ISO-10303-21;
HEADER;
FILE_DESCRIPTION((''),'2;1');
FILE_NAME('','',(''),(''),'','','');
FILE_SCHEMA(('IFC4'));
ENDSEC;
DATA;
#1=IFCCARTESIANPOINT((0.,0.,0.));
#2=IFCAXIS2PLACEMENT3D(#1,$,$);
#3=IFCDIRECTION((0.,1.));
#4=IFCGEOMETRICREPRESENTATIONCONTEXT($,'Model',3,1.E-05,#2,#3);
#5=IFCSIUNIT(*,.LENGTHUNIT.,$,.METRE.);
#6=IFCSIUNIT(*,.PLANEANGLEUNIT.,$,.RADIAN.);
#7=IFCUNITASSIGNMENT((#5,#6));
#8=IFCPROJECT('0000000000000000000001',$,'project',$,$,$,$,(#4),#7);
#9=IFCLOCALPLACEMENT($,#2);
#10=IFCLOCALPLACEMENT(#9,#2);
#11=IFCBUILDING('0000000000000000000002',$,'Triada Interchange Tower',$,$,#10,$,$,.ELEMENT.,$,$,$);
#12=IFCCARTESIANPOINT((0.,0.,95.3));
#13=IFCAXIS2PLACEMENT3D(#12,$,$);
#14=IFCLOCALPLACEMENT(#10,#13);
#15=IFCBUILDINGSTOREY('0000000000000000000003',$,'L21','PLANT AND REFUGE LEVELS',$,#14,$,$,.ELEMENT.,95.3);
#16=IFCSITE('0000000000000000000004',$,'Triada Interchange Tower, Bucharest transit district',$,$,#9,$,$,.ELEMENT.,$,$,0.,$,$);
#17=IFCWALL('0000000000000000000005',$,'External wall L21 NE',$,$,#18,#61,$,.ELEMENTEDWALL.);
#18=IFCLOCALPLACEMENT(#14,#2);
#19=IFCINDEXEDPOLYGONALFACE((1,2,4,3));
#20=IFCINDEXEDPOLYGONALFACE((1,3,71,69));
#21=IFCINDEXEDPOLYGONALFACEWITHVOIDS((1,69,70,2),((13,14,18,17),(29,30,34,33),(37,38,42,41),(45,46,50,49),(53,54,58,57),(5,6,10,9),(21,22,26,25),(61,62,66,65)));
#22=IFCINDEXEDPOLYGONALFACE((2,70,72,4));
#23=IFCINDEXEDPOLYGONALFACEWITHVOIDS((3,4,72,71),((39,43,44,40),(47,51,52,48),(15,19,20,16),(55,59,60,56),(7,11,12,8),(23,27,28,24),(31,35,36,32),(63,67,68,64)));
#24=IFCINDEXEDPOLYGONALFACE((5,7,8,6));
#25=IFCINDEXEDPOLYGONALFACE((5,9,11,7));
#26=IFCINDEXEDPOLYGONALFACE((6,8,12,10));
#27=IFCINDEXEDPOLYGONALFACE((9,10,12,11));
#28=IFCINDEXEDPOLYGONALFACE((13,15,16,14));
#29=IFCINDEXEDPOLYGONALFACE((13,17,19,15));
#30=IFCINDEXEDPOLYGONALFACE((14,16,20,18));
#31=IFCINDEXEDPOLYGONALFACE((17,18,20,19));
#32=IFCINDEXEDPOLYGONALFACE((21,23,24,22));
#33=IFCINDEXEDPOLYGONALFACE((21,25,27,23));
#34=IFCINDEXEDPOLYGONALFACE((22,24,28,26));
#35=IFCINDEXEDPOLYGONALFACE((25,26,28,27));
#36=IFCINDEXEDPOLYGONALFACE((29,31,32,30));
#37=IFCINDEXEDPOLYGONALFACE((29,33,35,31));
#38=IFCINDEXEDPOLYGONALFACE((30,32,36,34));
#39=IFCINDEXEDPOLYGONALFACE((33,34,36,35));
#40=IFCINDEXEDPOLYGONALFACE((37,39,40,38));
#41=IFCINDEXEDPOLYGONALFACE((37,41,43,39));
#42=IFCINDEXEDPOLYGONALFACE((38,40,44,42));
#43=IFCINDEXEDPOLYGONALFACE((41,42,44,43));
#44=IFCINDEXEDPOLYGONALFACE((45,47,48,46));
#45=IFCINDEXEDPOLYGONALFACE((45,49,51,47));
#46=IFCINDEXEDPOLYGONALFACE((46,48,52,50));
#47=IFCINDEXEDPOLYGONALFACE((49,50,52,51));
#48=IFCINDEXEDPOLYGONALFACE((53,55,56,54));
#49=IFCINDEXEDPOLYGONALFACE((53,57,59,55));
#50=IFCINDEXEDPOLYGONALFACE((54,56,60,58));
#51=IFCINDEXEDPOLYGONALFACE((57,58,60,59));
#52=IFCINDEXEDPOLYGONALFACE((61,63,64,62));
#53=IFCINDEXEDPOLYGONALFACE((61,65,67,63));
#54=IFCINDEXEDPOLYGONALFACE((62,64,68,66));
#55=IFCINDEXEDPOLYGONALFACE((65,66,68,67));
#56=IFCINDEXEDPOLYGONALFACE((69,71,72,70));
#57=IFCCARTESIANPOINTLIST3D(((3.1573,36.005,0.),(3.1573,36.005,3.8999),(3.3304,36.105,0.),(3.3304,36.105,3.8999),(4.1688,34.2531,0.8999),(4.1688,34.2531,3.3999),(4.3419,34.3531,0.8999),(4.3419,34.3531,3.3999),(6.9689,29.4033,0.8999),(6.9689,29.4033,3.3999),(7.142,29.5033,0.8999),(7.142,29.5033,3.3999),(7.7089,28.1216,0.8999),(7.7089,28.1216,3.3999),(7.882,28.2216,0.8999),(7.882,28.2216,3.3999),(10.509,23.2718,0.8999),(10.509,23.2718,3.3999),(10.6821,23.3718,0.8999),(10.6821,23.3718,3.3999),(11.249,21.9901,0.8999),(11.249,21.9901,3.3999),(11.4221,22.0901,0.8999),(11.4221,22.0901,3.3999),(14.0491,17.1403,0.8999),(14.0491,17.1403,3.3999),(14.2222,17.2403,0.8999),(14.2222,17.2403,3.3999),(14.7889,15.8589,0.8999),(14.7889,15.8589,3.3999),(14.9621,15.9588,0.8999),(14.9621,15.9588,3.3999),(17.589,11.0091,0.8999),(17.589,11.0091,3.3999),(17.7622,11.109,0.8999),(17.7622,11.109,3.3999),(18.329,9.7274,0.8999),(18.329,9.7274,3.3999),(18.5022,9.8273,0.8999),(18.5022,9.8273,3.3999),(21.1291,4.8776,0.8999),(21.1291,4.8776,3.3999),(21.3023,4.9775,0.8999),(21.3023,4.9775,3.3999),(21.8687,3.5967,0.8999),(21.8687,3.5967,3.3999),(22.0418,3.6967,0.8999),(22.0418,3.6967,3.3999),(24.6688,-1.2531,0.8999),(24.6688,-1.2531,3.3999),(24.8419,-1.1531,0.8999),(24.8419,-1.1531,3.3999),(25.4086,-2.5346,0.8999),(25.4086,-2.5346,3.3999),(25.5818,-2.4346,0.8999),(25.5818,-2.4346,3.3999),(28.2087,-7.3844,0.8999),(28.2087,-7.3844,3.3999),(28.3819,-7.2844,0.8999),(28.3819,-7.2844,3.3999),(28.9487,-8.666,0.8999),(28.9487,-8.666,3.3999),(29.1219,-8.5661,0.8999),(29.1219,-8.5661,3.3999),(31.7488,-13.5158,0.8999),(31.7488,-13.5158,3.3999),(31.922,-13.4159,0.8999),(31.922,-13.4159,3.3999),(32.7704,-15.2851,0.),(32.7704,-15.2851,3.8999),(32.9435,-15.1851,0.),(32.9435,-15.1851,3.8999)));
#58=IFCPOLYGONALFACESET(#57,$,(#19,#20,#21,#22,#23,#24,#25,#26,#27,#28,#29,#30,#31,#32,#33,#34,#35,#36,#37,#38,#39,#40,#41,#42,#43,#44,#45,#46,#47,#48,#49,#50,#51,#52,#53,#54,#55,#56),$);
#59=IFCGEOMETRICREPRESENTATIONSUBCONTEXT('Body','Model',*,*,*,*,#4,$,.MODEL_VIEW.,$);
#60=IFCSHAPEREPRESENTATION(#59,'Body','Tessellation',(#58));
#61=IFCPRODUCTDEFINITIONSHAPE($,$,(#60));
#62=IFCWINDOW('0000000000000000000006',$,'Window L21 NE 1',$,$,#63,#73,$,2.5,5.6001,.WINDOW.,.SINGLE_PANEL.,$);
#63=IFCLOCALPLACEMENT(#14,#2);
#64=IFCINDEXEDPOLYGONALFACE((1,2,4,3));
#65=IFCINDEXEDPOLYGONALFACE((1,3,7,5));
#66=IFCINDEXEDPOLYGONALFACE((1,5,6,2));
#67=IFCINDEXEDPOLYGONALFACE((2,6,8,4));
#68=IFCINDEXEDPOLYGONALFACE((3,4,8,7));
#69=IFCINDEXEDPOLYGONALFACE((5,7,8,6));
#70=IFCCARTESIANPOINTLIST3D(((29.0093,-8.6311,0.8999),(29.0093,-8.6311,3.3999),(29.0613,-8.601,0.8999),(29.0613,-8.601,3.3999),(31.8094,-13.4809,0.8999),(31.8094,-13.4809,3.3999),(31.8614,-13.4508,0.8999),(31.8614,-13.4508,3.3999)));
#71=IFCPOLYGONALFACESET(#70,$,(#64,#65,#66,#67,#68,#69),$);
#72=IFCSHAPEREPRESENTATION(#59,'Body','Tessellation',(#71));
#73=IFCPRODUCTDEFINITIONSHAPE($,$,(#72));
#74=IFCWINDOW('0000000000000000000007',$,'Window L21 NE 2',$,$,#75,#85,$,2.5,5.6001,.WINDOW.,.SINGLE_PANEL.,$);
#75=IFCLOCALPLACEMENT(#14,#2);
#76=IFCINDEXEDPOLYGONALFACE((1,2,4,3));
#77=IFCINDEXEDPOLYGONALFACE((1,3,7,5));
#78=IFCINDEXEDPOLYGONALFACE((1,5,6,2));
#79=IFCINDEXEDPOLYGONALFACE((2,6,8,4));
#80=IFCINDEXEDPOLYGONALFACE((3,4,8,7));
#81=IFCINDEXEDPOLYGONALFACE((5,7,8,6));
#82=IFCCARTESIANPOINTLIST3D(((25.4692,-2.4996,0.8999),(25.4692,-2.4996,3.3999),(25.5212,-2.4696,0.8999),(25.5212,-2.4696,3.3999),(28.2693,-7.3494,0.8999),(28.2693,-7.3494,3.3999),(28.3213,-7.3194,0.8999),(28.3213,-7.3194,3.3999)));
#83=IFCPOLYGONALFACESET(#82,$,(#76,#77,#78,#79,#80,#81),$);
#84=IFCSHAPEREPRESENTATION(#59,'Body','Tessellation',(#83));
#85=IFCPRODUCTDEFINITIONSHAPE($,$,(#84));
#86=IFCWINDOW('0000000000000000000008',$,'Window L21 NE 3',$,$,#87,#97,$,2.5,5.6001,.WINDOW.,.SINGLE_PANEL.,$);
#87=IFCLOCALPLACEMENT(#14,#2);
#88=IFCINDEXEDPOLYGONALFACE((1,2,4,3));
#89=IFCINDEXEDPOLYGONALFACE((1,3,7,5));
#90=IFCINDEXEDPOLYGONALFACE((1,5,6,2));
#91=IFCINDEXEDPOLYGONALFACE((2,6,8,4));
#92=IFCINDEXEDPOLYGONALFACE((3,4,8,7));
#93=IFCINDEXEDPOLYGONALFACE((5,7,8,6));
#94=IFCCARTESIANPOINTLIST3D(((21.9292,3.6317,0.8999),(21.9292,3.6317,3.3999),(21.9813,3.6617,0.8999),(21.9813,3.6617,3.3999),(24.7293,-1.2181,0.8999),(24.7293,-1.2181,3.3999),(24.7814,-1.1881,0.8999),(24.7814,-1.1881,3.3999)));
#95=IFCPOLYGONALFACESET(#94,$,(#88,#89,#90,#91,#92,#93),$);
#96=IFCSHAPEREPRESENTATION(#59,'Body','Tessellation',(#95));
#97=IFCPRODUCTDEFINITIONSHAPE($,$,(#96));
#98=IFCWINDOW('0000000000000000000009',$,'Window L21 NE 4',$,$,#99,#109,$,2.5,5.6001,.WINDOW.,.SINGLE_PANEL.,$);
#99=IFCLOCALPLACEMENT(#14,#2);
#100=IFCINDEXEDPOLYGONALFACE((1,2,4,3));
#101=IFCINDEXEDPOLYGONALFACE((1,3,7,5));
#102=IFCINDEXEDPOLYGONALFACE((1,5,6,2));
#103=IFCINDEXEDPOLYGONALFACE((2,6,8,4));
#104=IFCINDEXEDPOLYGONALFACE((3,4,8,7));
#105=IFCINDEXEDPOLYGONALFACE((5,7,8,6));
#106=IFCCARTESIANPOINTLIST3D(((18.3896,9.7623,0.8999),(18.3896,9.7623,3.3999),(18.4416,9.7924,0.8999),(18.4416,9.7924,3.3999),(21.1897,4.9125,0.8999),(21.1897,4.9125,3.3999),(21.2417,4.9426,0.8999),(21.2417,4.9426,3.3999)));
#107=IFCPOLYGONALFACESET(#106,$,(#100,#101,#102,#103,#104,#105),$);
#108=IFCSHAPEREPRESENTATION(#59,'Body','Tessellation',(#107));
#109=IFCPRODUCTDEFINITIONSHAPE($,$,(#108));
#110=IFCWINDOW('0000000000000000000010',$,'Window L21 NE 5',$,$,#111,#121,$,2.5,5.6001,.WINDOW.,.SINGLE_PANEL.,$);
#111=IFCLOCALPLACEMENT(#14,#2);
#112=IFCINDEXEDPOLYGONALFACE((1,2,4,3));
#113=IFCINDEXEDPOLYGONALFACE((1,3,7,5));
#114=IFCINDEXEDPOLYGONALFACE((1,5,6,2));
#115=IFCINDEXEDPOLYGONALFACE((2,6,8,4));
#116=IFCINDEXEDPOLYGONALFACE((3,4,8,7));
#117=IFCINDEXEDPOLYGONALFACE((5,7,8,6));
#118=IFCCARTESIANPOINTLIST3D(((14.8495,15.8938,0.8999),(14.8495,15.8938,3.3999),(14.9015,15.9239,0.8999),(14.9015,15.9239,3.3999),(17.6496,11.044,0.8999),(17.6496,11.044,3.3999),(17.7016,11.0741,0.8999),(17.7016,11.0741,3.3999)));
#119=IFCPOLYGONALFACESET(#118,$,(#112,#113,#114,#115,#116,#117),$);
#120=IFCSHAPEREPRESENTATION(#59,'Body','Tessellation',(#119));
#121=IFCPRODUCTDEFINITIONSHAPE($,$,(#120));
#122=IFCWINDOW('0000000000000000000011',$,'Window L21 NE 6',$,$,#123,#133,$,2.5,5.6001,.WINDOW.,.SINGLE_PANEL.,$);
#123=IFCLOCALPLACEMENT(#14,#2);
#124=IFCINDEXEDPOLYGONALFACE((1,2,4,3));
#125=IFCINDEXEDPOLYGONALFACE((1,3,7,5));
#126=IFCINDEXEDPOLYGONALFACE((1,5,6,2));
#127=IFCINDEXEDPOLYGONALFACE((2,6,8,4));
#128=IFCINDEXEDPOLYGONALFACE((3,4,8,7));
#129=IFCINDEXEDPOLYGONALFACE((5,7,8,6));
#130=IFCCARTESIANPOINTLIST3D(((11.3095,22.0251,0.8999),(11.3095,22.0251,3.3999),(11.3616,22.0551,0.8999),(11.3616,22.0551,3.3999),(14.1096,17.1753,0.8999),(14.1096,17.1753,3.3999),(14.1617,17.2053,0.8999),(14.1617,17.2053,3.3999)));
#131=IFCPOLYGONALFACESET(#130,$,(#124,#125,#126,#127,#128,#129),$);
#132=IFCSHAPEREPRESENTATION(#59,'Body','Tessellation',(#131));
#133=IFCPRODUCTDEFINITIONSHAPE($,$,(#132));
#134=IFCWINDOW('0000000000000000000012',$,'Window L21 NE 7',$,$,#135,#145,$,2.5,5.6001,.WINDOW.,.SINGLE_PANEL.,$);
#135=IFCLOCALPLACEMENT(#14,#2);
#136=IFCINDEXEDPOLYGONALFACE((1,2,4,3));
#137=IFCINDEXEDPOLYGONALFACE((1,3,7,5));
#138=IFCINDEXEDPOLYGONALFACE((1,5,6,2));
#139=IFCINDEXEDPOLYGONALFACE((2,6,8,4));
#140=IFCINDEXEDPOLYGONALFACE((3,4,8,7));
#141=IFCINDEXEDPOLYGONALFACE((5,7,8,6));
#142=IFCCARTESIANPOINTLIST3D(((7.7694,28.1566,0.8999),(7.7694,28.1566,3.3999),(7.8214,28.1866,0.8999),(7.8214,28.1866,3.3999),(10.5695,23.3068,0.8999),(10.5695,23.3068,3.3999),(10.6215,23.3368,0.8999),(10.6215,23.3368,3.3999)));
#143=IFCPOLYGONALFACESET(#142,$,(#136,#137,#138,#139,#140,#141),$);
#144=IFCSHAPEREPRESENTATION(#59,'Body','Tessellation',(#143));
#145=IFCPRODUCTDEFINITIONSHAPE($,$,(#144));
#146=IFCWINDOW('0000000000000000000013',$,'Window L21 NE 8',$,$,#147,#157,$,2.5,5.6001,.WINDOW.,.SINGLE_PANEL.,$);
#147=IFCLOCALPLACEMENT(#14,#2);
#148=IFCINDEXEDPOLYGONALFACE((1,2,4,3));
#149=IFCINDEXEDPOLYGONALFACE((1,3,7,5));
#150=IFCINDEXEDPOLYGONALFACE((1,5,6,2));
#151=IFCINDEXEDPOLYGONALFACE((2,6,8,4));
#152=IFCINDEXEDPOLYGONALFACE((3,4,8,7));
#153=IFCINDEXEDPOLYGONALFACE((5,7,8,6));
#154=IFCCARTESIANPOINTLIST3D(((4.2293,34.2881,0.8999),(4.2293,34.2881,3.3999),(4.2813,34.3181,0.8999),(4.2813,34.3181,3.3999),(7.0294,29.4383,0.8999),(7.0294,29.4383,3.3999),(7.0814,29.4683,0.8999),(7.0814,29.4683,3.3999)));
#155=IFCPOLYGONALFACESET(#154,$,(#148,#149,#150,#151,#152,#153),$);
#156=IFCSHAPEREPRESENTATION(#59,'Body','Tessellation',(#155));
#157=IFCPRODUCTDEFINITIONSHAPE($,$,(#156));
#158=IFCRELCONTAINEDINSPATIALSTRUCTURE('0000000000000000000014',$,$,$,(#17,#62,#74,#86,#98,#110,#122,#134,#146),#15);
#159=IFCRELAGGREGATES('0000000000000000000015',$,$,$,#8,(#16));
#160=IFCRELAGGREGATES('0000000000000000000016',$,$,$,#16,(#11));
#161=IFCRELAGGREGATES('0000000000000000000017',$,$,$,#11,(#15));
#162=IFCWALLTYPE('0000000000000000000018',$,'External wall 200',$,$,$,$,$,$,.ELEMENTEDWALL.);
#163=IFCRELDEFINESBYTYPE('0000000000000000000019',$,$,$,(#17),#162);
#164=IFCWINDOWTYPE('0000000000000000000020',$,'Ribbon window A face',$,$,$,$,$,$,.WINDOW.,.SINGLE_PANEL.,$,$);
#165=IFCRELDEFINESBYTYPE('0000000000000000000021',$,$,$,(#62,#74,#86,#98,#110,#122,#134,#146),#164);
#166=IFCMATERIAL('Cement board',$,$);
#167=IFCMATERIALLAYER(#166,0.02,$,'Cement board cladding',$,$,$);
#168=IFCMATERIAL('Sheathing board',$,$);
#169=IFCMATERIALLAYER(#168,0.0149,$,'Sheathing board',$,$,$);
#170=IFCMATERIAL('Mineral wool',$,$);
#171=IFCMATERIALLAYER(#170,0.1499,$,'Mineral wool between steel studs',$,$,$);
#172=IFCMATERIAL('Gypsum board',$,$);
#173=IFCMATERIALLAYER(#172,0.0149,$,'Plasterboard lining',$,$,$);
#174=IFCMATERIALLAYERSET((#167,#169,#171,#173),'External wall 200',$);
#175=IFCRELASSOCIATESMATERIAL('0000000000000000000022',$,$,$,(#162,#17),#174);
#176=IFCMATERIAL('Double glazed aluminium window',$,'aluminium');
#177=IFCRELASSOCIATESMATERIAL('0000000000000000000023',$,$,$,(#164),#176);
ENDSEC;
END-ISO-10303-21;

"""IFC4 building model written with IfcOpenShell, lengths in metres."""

from ifc_helpers import new_model, si_unit, direction, frame, frame_2d, origin, place, context, subcontext, project, spatial, rectangle, extrude, material, layer, layer_set, layer_usage, type_object, element, fill, save


model = new_model("IFC4")

# Units and contexts
model_context = context("Model", 3, precision=1e-05, world=origin(), true_north=direction((0.0, 1.0)))
body_context = subcontext(model_context, "Body", "Model", "MODEL_VIEW")
ifc_project = project(units=[si_unit("LENGTHUNIT", "METRE"), si_unit("PLANEANGLEUNIT", "RADIAN")], contexts=[model_context])

# Site, building, storey
site_placement = place(None, origin())
site = spatial("IfcSite", under=ifc_project, at=site_placement, Name="Triada Interchange Tower, Bucharest transit district", CompositionType="ELEMENT", RefElevation=0.0)
building_placement = place(site_placement, origin())
building = spatial("IfcBuilding", under=site, at=building_placement, Name="Triada Interchange Tower", CompositionType="ELEMENT")
storey_placement = place(building_placement, frame((0.0, 0.0, 95.3)))
storey = spatial("IfcBuildingStorey", under=building, at=storey_placement, Name="L21", Description="PLANT AND REFUGE LEVELS", CompositionType="ELEMENT", Elevation=95.3)

# Shared definitions
ifc_material_1 = material(Name="Cement board")
ifc_layer_1 = layer(ifc_material_1, 0.02, Name="Cement board cladding")
ifc_material_2 = material(Name="Sheathing board")
ifc_layer_2 = layer(ifc_material_2, 0.0149, Name="Sheathing board")
ifc_material_3 = material(Name="Mineral wool")
ifc_layer_3 = layer(ifc_material_3, 0.1499, Name="Mineral wool between steel studs")
ifc_material_4 = material(Name="Gypsum board")
ifc_layer_4 = layer(ifc_material_4, 0.0149, Name="Plasterboard lining")
ifc_layer_set_1 = layer_set([ifc_layer_1, ifc_layer_2, ifc_layer_3, ifc_layer_4], Name="External wall 200")
ifc_layer_usage = layer_usage(ifc_layer_set_1, "AXIS2", "POSITIVE", -0.1001)
wall_type = type_object("IfcWallType", Name="External wall 200", PredefinedType="ELEMENTEDWALL", material=ifc_layer_set_1)
ifc_material_5 = material(Name="Double glazed aluminium window", Category="aluminium")

# Wall, openings, windows
wall_1_placement = place(storey_placement, frame((32.8569, -15.2351, 0.0), z_axis=(0.0, 0.0, 1.0), x_axis=(-0.500009, 0.86602, 0.0)))
wall_1 = element("IfcWall", 1, at=wall_1_placement, inside=storey, type_object=wall_type, material=ifc_layer_usage, Name="External wall L21 NE", PredefinedType="ELEMENTEDWALL", context=body_context, shape_type="SweptSolid", body=[
    extrude(rectangle(XDim=59.2251, YDim=0.2, at=frame_2d((29.6125, 0.0))), origin(), (0.0, 0.0, 1.0), 3.8999),
])
opening_1_placement = place(wall_1_placement, frame((2.043, 0.0, 0.8999)))
opening_1 = element("IfcOpeningElement", 2, at=opening_1_placement, cuts=wall_1, PredefinedType="OPENING", context=body_context, shape_type="SweptSolid", body=[
    extrude(rectangle(XDim=5.6001, YDim=2.5, at=frame_2d((2.8, 1.25))), frame((0.0, 0.1099, 0.0), z_axis=(0.0, -1.0, 0.0), x_axis=(1.0, 0.0, 0.0)), (0.0, 0.0, 1.0), 0.22),
])
opening_2_placement = place(wall_1_placement, frame((9.123, 0.0, 0.8999)))
opening_2 = element("IfcOpeningElement", 3, at=opening_2_placement, cuts=wall_1, PredefinedType="OPENING", context=body_context, shape_type="SweptSolid", body=[
    extrude(rectangle(XDim=5.6001, YDim=2.5, at=frame_2d((2.8, 1.25))), frame((0.0, 0.1099, 0.0), z_axis=(0.0, -1.0, 0.0), x_axis=(1.0, 0.0, 0.0)), (0.0, 0.0, 1.0), 0.22),
])
opening_3_placement = place(wall_1_placement, frame((16.2029, 0.0, 0.8999)))
opening_3 = element("IfcOpeningElement", 4, at=opening_3_placement, cuts=wall_1, PredefinedType="OPENING", context=body_context, shape_type="SweptSolid", body=[
    extrude(rectangle(XDim=5.6001, YDim=2.5, at=frame_2d((2.8, 1.25))), frame((0.0, 0.1099, 0.0), z_axis=(0.0, -1.0, 0.0), x_axis=(1.0, 0.0, 0.0)), (0.0, 0.0, 1.0), 0.22),
])
opening_4_placement = place(wall_1_placement, frame((23.282, 0.0, 0.8999)))
opening_4 = element("IfcOpeningElement", 5, at=opening_4_placement, cuts=wall_1, PredefinedType="OPENING", context=body_context, shape_type="SweptSolid", body=[
    extrude(rectangle(XDim=5.6001, YDim=2.5, at=frame_2d((2.8, 1.25))), frame((0.0, 0.1099, 0.0), z_axis=(0.0, -1.0, 0.0), x_axis=(1.0, 0.0, 0.0)), (0.0, 0.0, 1.0), 0.22),
])
opening_5_placement = place(wall_1_placement, frame((30.3621, 0.0, 0.8999)))
opening_5 = element("IfcOpeningElement", 6, at=opening_5_placement, cuts=wall_1, PredefinedType="OPENING", context=body_context, shape_type="SweptSolid", body=[
    extrude(rectangle(XDim=5.6001, YDim=2.5, at=frame_2d((2.8, 1.25))), frame((0.0, 0.1099, 0.0), z_axis=(0.0, -1.0, 0.0), x_axis=(1.0, 0.0, 0.0)), (0.0, 0.0, 1.0), 0.22),
])
opening_6_placement = place(wall_1_placement, frame((37.4419, 0.0, 0.8999)))
opening_6 = element("IfcOpeningElement", 7, at=opening_6_placement, cuts=wall_1, PredefinedType="OPENING", context=body_context, shape_type="SweptSolid", body=[
    extrude(rectangle(XDim=5.6001, YDim=2.5, at=frame_2d((2.8, 1.25))), frame((0.0, 0.1099, 0.0), z_axis=(0.0, -1.0, 0.0), x_axis=(1.0, 0.0, 0.0)), (0.0, 0.0, 1.0), 0.22),
])
opening_7_placement = place(wall_1_placement, frame((44.522, 0.0, 0.8999)))
opening_7 = element("IfcOpeningElement", 8, at=opening_7_placement, cuts=wall_1, PredefinedType="OPENING", context=body_context, shape_type="SweptSolid", body=[
    extrude(rectangle(XDim=5.6001, YDim=2.5, at=frame_2d((2.8, 1.25))), frame((0.0, 0.1099, 0.0), z_axis=(0.0, -1.0, 0.0), x_axis=(1.0, 0.0, 0.0)), (0.0, 0.0, 1.0), 0.22),
])
opening_8_placement = place(wall_1_placement, frame((51.6021, 0.0, 0.8999)))
opening_8 = element("IfcOpeningElement", 9, at=opening_8_placement, cuts=wall_1, PredefinedType="OPENING", context=body_context, shape_type="SweptSolid", body=[
    extrude(rectangle(XDim=5.6001, YDim=2.5, at=frame_2d((2.8, 1.25))), frame((0.0, 0.1099, 0.0), z_axis=(0.0, -1.0, 0.0), x_axis=(1.0, 0.0, 0.0)), (0.0, 0.0, 1.0), 0.22),
])
window_type_1 = type_object("IfcWindowType", Name="Ribbon window A face", PartitioningType="SINGLE_PANEL", PredefinedType="WINDOW", material=ifc_material_5)
window_1_placement = place(opening_1_placement, origin())
window_1 = element("IfcWindow", 10, at=window_1_placement, inside=storey, type_object=window_type_1, Name="Window L21 NE 1", OverallHeight=2.5, OverallWidth=5.6001, PartitioningType="SINGLE_PANEL", PredefinedType="WINDOW", context=body_context, shape_type="SweptSolid", body=[
    extrude(rectangle(XDim=5.6001, YDim=2.5, at=frame_2d((2.8, 1.25))), frame((0.0, 0.03, 0.0), z_axis=(0.0, -1.0, 0.0), x_axis=(1.0, 0.0, 0.0)), (0.0, 0.0, 1.0), 0.0601),
])
fill(opening_1, window_1)
window_2_placement = place(opening_2_placement, origin())
window_2 = element("IfcWindow", 11, at=window_2_placement, inside=storey, type_object=window_type_1, Name="Window L21 NE 2", OverallHeight=2.5, OverallWidth=5.6001, PartitioningType="SINGLE_PANEL", PredefinedType="WINDOW", context=body_context, shape_type="SweptSolid", body=[
    extrude(rectangle(XDim=5.6001, YDim=2.5, at=frame_2d((2.8, 1.25))), frame((0.0, 0.03, 0.0), z_axis=(0.0, -1.0, 0.0), x_axis=(1.0, 0.0, 0.0)), (0.0, 0.0, 1.0), 0.0601),
])
fill(opening_2, window_2)
window_3_placement = place(opening_3_placement, origin())
window_3 = element("IfcWindow", 12, at=window_3_placement, inside=storey, type_object=window_type_1, Name="Window L21 NE 3", OverallHeight=2.5, OverallWidth=5.6001, PartitioningType="SINGLE_PANEL", PredefinedType="WINDOW", context=body_context, shape_type="SweptSolid", body=[
    extrude(rectangle(XDim=5.6001, YDim=2.5, at=frame_2d((2.8, 1.25))), frame((0.0, 0.03, 0.0), z_axis=(0.0, -1.0, 0.0), x_axis=(1.0, 0.0, 0.0)), (0.0, 0.0, 1.0), 0.0601),
])
fill(opening_3, window_3)
window_4_placement = place(opening_4_placement, origin())
window_4 = element("IfcWindow", 13, at=window_4_placement, inside=storey, type_object=window_type_1, Name="Window L21 NE 4", OverallHeight=2.5, OverallWidth=5.6001, PartitioningType="SINGLE_PANEL", PredefinedType="WINDOW", context=body_context, shape_type="SweptSolid", body=[
    extrude(rectangle(XDim=5.6001, YDim=2.5, at=frame_2d((2.8, 1.25))), frame((0.0, 0.03, 0.0), z_axis=(0.0, -1.0, 0.0), x_axis=(1.0, 0.0, 0.0)), (0.0, 0.0, 1.0), 0.0601),
])
fill(opening_4, window_4)
window_5_placement = place(opening_5_placement, origin())
window_5 = element("IfcWindow", 14, at=window_5_placement, inside=storey, type_object=window_type_1, Name="Window L21 NE 5", OverallHeight=2.5, OverallWidth=5.6001, PartitioningType="SINGLE_PANEL", PredefinedType="WINDOW", context=body_context, shape_type="SweptSolid", body=[
    extrude(rectangle(XDim=5.6001, YDim=2.5, at=frame_2d((2.8, 1.25))), frame((0.0, 0.03, 0.0), z_axis=(0.0, -1.0, 0.0), x_axis=(1.0, 0.0, 0.0)), (0.0, 0.0, 1.0), 0.0601),
])
fill(opening_5, window_5)
window_6_placement = place(opening_6_placement, origin())
window_6 = element("IfcWindow", 15, at=window_6_placement, inside=storey, type_object=window_type_1, Name="Window L21 NE 6", OverallHeight=2.5, OverallWidth=5.6001, PartitioningType="SINGLE_PANEL", PredefinedType="WINDOW", context=body_context, shape_type="SweptSolid", body=[
    extrude(rectangle(XDim=5.6001, YDim=2.5, at=frame_2d((2.8, 1.25))), frame((0.0, 0.03, 0.0), z_axis=(0.0, -1.0, 0.0), x_axis=(1.0, 0.0, 0.0)), (0.0, 0.0, 1.0), 0.0601),
])
fill(opening_6, window_6)
window_7_placement = place(opening_7_placement, origin())
window_7 = element("IfcWindow", 16, at=window_7_placement, inside=storey, type_object=window_type_1, Name="Window L21 NE 7", OverallHeight=2.5, OverallWidth=5.6001, PartitioningType="SINGLE_PANEL", PredefinedType="WINDOW", context=body_context, shape_type="SweptSolid", body=[
    extrude(rectangle(XDim=5.6001, YDim=2.5, at=frame_2d((2.8, 1.25))), frame((0.0, 0.03, 0.0), z_axis=(0.0, -1.0, 0.0), x_axis=(1.0, 0.0, 0.0)), (0.0, 0.0, 1.0), 0.0601),
])
fill(opening_7, window_7)
window_8_placement = place(opening_8_placement, origin())
window_8 = element("IfcWindow", 17, at=window_8_placement, inside=storey, type_object=window_type_1, Name="Window L21 NE 8", OverallHeight=2.5, OverallWidth=5.6001, PartitioningType="SINGLE_PANEL", PredefinedType="WINDOW", context=body_context, shape_type="SweptSolid", body=[
    extrude(rectangle(XDim=5.6001, YDim=2.5, at=frame_2d((2.8, 1.25))), frame((0.0, 0.03, 0.0), z_axis=(0.0, -1.0, 0.0), x_axis=(1.0, 0.0, 0.0)), (0.0, 0.0, 1.0), 0.0601),
])
fill(opening_8, window_8)

save(model, "model.ifc")
